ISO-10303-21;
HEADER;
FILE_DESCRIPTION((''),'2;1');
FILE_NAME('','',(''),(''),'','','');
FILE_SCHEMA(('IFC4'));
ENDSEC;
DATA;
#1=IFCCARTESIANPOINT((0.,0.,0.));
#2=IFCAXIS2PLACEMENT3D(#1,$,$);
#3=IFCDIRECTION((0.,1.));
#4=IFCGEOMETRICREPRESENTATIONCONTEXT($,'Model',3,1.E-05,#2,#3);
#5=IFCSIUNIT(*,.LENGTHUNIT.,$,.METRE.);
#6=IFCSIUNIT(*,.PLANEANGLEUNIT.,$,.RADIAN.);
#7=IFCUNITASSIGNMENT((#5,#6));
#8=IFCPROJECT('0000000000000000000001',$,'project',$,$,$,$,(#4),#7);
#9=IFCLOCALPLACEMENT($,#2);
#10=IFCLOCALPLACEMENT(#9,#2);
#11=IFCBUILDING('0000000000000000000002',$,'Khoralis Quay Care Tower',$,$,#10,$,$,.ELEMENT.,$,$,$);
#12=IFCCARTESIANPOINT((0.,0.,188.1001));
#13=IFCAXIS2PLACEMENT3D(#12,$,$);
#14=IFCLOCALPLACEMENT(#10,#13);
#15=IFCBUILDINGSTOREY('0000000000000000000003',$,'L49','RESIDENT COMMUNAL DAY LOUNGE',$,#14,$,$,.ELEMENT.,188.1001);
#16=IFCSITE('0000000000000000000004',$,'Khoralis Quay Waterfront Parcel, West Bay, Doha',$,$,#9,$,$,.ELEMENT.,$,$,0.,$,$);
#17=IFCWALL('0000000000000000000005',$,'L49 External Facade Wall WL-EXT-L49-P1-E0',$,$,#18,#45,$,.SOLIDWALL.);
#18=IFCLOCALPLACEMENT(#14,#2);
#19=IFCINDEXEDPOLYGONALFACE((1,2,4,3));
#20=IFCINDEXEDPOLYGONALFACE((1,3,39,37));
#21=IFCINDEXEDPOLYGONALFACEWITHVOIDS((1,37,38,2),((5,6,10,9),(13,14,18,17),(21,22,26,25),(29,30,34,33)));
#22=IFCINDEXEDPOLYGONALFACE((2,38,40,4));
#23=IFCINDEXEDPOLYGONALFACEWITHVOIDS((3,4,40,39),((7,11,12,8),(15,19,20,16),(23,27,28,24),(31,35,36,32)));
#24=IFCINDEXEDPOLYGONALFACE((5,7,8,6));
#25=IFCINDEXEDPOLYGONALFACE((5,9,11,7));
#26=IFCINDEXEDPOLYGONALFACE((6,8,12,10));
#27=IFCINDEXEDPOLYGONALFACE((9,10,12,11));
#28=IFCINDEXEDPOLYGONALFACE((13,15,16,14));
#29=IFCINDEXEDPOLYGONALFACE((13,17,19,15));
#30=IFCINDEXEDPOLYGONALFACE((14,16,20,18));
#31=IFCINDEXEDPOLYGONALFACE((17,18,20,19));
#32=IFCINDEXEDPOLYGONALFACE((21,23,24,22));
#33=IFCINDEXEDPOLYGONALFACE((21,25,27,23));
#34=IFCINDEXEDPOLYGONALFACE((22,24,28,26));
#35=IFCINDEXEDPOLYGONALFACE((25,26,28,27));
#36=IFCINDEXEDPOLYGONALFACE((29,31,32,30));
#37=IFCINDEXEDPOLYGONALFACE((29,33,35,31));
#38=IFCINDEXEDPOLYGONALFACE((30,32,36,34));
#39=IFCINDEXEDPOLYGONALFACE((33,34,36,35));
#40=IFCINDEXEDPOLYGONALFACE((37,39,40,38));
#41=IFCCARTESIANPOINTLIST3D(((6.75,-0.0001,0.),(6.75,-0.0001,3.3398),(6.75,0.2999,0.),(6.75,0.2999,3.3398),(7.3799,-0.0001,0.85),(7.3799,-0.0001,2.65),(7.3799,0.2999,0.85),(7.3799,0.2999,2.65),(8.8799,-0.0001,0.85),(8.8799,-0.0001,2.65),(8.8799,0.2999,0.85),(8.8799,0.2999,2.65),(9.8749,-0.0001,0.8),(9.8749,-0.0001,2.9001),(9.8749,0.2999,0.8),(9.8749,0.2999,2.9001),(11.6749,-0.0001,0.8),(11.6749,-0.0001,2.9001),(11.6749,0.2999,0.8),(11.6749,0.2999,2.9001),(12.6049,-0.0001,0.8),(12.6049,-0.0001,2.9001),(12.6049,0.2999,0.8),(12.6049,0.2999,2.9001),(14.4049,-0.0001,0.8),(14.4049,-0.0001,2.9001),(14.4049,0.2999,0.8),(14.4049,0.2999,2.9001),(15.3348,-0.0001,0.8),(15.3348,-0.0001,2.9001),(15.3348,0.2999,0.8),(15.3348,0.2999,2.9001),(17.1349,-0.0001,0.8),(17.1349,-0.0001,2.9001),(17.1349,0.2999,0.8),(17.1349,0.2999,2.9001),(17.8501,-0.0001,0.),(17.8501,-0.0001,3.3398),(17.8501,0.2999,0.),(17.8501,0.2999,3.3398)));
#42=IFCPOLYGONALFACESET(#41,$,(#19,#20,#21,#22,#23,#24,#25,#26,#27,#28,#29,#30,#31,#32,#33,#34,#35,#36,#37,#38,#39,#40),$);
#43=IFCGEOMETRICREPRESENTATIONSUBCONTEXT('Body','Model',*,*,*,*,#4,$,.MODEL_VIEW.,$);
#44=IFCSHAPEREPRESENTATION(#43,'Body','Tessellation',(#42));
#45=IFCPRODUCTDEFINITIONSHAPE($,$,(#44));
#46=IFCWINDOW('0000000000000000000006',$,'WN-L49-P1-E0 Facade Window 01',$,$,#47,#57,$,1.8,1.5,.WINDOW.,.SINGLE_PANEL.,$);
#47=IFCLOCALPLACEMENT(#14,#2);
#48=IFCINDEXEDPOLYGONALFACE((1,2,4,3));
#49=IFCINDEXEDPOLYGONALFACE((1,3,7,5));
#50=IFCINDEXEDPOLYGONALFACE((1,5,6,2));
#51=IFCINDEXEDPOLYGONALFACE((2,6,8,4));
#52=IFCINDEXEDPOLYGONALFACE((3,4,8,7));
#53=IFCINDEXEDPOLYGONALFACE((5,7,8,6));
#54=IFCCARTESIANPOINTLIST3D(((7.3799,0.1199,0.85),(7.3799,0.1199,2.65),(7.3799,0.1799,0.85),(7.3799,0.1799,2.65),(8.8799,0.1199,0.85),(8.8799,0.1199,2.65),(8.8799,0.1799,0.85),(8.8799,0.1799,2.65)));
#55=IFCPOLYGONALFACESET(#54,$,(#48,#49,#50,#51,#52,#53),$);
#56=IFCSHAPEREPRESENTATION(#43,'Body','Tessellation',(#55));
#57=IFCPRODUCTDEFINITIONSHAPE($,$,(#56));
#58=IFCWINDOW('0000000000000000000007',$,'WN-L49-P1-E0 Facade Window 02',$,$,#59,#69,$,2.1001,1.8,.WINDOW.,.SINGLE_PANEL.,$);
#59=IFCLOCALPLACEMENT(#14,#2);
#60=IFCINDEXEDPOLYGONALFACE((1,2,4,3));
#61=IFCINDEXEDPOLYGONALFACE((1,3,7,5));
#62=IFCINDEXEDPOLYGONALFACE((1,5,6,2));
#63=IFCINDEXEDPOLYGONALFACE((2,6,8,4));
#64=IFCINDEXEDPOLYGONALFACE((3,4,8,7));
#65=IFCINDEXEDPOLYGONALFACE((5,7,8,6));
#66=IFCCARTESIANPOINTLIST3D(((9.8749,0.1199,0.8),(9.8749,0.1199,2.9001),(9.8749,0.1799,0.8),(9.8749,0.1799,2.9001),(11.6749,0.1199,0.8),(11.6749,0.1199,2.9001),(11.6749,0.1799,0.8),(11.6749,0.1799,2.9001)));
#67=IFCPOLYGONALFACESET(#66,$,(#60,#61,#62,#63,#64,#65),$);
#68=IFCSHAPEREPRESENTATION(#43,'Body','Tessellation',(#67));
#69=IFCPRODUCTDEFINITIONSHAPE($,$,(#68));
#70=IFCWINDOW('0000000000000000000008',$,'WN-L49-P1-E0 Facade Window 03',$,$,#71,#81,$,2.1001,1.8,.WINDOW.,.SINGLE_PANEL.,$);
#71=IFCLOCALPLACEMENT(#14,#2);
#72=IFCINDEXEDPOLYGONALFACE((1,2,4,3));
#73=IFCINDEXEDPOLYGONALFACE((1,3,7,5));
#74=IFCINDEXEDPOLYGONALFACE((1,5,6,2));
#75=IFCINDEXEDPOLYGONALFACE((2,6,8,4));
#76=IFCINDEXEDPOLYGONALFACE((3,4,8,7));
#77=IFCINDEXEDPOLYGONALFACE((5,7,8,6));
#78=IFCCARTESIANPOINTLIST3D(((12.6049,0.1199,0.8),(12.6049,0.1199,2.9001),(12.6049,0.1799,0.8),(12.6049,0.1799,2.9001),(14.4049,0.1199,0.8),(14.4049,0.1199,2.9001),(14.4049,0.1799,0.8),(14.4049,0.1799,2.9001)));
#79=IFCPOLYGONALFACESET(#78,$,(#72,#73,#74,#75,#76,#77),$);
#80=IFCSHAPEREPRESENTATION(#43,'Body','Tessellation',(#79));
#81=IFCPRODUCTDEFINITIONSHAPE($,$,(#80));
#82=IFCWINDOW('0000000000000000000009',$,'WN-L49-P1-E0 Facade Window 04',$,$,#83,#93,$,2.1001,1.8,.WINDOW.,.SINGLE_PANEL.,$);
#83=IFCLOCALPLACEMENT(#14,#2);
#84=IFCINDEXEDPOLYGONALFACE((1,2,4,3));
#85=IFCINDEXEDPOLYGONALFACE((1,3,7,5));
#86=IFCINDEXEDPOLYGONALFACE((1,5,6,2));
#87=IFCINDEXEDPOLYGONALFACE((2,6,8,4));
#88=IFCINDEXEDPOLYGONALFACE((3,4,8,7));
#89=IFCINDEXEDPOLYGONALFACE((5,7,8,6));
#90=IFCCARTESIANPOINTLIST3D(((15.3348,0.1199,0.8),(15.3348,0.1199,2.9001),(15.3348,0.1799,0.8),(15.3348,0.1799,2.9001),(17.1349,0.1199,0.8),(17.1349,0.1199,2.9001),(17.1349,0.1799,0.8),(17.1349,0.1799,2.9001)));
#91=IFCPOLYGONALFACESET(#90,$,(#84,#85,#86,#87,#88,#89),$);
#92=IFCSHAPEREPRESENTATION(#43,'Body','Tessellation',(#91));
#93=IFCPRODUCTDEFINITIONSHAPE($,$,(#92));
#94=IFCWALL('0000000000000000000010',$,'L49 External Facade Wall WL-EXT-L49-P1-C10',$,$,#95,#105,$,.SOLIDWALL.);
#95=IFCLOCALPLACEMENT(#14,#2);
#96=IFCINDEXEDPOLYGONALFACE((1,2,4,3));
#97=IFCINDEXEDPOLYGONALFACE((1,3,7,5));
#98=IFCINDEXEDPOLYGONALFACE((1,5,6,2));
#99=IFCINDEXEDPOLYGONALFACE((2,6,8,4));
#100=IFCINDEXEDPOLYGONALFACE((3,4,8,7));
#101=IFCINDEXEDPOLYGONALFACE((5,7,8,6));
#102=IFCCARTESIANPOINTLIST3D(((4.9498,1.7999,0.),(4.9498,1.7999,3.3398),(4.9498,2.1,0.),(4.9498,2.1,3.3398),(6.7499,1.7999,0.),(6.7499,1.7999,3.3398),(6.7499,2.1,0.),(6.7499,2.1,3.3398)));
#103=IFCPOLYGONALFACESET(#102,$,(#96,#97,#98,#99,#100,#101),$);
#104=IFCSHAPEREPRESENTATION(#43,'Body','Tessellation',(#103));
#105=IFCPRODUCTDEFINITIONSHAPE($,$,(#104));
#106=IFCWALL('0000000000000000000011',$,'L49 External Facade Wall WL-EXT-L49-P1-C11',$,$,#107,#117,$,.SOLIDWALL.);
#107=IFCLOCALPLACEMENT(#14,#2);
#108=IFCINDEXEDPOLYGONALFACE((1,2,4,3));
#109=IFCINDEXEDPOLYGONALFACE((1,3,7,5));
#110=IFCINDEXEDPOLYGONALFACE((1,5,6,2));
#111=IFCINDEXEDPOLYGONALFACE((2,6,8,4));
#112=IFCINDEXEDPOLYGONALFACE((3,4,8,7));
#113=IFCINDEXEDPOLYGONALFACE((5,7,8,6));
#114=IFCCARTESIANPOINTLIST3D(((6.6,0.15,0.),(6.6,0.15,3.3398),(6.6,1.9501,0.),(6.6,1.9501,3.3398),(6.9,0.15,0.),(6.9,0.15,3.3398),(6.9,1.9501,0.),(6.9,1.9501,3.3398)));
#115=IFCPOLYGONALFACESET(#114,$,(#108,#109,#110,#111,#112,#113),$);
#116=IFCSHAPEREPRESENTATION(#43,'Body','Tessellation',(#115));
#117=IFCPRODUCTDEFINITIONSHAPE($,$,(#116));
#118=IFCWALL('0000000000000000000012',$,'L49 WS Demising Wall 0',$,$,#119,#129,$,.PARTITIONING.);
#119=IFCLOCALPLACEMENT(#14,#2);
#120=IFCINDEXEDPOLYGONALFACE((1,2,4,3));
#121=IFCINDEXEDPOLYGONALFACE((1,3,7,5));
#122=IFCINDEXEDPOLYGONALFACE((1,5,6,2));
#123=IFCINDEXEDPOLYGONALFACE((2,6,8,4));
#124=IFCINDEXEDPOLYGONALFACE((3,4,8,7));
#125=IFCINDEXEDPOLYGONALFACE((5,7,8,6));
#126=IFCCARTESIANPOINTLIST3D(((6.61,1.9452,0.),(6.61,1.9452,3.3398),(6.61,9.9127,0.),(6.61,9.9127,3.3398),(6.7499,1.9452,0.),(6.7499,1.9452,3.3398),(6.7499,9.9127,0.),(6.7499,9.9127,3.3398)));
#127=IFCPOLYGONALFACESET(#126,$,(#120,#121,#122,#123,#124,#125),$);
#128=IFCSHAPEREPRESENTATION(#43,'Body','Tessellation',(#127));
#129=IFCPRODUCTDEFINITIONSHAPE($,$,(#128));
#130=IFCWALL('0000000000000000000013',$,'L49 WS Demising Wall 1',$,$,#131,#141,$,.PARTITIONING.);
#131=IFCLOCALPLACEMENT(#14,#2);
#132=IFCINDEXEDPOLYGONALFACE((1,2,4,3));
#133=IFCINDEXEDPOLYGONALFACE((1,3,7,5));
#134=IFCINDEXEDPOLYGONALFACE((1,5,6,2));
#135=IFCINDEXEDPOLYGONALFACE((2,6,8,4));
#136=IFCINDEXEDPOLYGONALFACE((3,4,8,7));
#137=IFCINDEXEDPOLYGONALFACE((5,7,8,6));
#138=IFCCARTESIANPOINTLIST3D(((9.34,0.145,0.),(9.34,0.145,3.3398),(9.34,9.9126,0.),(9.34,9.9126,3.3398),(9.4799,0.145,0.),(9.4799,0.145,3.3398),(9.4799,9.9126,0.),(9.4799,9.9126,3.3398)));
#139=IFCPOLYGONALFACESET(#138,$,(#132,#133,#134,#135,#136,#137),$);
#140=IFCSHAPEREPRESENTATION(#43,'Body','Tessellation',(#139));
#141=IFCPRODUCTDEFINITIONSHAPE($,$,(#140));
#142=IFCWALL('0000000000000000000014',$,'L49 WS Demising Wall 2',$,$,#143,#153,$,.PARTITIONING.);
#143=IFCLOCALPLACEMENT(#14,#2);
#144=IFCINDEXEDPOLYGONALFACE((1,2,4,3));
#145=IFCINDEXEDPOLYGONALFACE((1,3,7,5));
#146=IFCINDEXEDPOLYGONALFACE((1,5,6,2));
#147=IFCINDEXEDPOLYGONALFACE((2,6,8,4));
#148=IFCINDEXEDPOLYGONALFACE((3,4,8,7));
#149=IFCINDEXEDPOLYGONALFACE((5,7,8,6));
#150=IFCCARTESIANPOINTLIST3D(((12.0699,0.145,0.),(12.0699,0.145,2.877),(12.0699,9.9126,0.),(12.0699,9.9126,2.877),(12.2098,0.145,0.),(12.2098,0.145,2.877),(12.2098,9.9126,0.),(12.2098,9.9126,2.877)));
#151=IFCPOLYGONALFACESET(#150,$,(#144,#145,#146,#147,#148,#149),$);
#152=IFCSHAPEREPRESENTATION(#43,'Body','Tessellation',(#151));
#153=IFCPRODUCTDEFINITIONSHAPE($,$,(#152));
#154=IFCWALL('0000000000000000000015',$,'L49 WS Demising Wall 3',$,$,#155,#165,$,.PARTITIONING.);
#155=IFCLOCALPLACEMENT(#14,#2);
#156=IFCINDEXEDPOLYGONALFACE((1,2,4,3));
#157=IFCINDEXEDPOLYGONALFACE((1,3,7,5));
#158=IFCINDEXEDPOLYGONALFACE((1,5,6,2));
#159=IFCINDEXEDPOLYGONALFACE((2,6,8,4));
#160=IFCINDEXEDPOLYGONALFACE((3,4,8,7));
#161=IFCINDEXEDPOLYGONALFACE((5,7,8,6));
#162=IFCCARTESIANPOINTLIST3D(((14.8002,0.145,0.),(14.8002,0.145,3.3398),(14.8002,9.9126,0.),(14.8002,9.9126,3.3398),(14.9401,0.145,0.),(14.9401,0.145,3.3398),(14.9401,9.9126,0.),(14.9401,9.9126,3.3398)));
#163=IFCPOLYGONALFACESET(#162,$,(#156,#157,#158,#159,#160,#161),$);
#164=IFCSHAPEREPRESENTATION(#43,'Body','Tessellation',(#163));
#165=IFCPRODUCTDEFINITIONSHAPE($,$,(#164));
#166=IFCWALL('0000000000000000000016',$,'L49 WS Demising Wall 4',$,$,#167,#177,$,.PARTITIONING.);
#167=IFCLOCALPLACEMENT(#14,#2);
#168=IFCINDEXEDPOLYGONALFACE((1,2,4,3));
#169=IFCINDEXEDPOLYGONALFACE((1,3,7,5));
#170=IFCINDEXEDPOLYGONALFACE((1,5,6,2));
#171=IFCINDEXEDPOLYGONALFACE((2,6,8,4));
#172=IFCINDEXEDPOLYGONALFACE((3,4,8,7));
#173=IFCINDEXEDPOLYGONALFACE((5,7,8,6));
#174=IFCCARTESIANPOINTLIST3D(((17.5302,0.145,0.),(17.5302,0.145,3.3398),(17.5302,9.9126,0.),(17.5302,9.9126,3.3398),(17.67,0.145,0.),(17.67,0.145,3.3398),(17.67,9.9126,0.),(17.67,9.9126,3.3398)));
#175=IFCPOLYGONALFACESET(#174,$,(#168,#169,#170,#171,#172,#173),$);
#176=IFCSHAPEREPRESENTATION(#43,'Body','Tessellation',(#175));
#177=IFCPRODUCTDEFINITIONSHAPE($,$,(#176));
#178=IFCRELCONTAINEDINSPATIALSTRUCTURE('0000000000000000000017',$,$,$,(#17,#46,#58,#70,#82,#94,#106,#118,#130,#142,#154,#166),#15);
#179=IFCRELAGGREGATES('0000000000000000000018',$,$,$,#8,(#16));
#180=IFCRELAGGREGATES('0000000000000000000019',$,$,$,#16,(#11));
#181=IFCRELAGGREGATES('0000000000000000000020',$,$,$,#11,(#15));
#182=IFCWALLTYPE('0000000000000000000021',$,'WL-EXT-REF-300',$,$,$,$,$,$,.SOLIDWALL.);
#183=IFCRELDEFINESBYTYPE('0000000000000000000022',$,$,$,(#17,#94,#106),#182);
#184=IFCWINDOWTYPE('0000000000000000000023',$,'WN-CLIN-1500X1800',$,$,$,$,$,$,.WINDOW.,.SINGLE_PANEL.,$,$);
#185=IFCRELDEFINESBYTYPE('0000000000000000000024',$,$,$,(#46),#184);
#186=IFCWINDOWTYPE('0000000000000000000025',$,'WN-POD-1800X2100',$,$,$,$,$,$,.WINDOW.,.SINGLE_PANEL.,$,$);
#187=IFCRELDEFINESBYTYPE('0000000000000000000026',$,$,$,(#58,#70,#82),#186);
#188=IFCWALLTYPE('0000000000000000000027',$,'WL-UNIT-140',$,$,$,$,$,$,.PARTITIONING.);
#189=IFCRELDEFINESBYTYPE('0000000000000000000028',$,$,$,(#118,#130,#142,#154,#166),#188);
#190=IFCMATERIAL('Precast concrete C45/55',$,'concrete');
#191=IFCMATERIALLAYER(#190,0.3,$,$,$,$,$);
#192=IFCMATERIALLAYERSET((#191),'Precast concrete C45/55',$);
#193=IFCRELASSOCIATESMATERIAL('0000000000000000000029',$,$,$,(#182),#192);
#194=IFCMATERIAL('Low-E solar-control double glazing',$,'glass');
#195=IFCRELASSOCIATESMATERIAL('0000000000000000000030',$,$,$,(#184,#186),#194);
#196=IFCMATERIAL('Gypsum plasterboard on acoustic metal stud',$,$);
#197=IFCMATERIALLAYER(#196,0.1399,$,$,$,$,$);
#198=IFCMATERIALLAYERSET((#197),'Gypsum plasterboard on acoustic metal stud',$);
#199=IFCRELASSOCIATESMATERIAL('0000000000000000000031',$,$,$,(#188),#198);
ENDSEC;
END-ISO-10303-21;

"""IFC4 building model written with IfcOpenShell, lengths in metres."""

from ifc_helpers import new_model, si_unit, direction, frame, frame_2d, origin, place, context, subcontext, project, spatial, rectangle, extrude, source, transform, mapped, material, layer, layer_set, type_object, element, fill, save


model = new_model("IFC4")

# Units and contexts
model_context = context("Model", 3, precision=1e-05, world=origin(), true_north=direction((0.0, 1.0)))
body_context = subcontext(model_context, "Body", "Model", "MODEL_VIEW")
ifc_project = project(units=[si_unit("LENGTHUNIT", "METRE"), si_unit("PLANEANGLEUNIT", "RADIAN")], contexts=[model_context])

# Site, building, storey
site_placement = place(None, origin())
site = spatial("IfcSite", under=ifc_project, at=site_placement, Name="Khoralis Quay Waterfront Parcel, West Bay, Doha", CompositionType="ELEMENT", RefElevation=0.0)
building_placement = place(site_placement, origin())
building = spatial("IfcBuilding", under=site, at=building_placement, Name="Khoralis Quay Care Tower", CompositionType="ELEMENT")
storey_placement = place(building_placement, frame((0.0, 0.0, 188.1001)))
storey = spatial("IfcBuildingStorey", under=building, at=storey_placement, Name="L49", Description="RESIDENT COMMUNAL DAY LOUNGE", CompositionType="ELEMENT", Elevation=188.1001)

# Shared definitions
ifc_material_1 = material(Name="Low-E solar-control double glazing", Category="glass")

# Wall, openings, windows
ifc_material_2 = material(Name="Precast concrete C45/55", Category="concrete")
ifc_layer_1 = layer(ifc_material_2, 0.3)
ifc_layer_set_1 = layer_set([ifc_layer_1], Name="Precast concrete C45/55")
wall_type_1 = type_object("IfcWallType", Name="WL-EXT-REF-300", PredefinedType="SOLIDWALL", material=ifc_layer_set_1)
wall_1_placement = place(storey_placement, frame((6.75, 0.1499, 0.0), z_axis=(0.0, 0.0, 1.0), x_axis=(1.0, 0.0, 0.0)))
wall_1 = element("IfcWall", 1, at=wall_1_placement, inside=storey, type_object=wall_type_1, Name="L49 External Facade Wall WL-EXT-L49-P1-E0", PredefinedType="SOLIDWALL", context=body_context, shape_type="SweptSolid", body=[
    extrude(rectangle(XDim=11.1001, YDim=0.3, at=frame_2d((5.55, 0.0))), origin(), (0.0, 0.0, 1.0), 3.3398),
])
opening_1_placement = place(wall_1_placement, frame((0.6299, 0.0, 0.8501)))
opening_1 = element("IfcOpeningElement", 2, at=opening_1_placement, cuts=wall_1, PredefinedType="OPENING", context=body_context, shape_type="SweptSolid", body=[
    extrude(rectangle(XDim=1.5, YDim=1.8, at=frame_2d((0.75, 0.8999))), frame((0.0, 0.1602, 0.0), z_axis=(0.0, -1.0, 0.0), x_axis=(1.0, 0.0, 0.0)), (0.0, 0.0, 1.0), 0.3201),
])
opening_2_placement = place(wall_1_placement, frame((3.125, 0.0, 0.8)))
opening_2 = element("IfcOpeningElement", 3, at=opening_2_placement, cuts=wall_1, PredefinedType="OPENING", context=body_context, shape_type="SweptSolid", body=[
    extrude(rectangle(XDim=1.8, YDim=2.1001, at=frame_2d((0.8999, 1.05))), frame((0.0, 0.1602, 0.0), z_axis=(0.0, -1.0, 0.0), x_axis=(1.0, 0.0, 0.0)), (0.0, 0.0, 1.0), 0.3201),
])
opening_3_placement = place(wall_1_placement, frame((5.855, 0.0, 0.8)))
opening_3 = element("IfcOpeningElement", 4, at=opening_3_placement, cuts=wall_1, PredefinedType="OPENING", context=body_context, shape_type="SweptSolid", body=[
    extrude(rectangle(XDim=1.8, YDim=2.1001, at=frame_2d((0.8999, 1.05))), frame((0.0, 0.1602, 0.0), z_axis=(0.0, -1.0, 0.0), x_axis=(1.0, 0.0, 0.0)), (0.0, 0.0, 1.0), 0.3201),
])
opening_4_placement = place(wall_1_placement, frame((8.585, 0.0, 0.8)))
opening_4 = element("IfcOpeningElement", 5, at=opening_4_placement, cuts=wall_1, PredefinedType="OPENING", context=body_context, shape_type="SweptSolid", body=[
    extrude(rectangle(XDim=1.8, YDim=2.1001, at=frame_2d((0.8999, 1.05))), frame((0.0, 0.1602, 0.0), z_axis=(0.0, -1.0, 0.0), x_axis=(1.0, 0.0, 0.0)), (0.0, 0.0, 1.0), 0.3201),
])
window_type_1 = type_object("IfcWindowType", Name="WN-CLIN-1500X1800", PartitioningType="SINGLE_PANEL", PredefinedType="WINDOW", material=ifc_material_1)
shared_shape_1 = source(origin(), body_context, "Body", "SweptSolid", [
    extrude(rectangle(XDim=1.5, YDim=1.8, at=frame_2d((0.75, 0.8999))), frame((0.0, 0.03, 0.0), z_axis=(0.0, -1.0, 0.0), x_axis=(1.0, 0.0, 0.0)), (0.0, 0.0, 1.0), 0.0601),
])
window_1_placement = place(opening_1_placement, origin())
window_1 = element("IfcWindow", 6, at=window_1_placement, inside=storey, type_object=window_type_1, Name="WN-L49-P1-E0 Facade Window 01", OverallHeight=1.8, OverallWidth=1.5, PartitioningType="SINGLE_PANEL", PredefinedType="WINDOW", context=body_context, shape_type="MappedRepresentation", body=[
    mapped(shared_shape_1, transform((0.0, 0.0, 0.0), scale=1.0)),
])
fill(opening_1, window_1)
window_type_2 = type_object("IfcWindowType", Name="WN-POD-1800X2100", PartitioningType="SINGLE_PANEL", PredefinedType="WINDOW", material=ifc_material_1)
shared_shape_2 = source(origin(), body_context, "Body", "SweptSolid", [
    extrude(rectangle(XDim=1.8, YDim=2.1001, at=frame_2d((0.8999, 1.05))), frame((0.0, 0.03, 0.0), z_axis=(0.0, -1.0, 0.0), x_axis=(1.0, 0.0, 0.0)), (0.0, 0.0, 1.0), 0.0601),
])
window_2_placement = place(opening_2_placement, origin())
window_2 = element("IfcWindow", 7, at=window_2_placement, inside=storey, type_object=window_type_2, Name="WN-L49-P1-E0 Facade Window 02", OverallHeight=2.1001, OverallWidth=1.8, PartitioningType="SINGLE_PANEL", PredefinedType="WINDOW", context=body_context, shape_type="MappedRepresentation", body=[
    mapped(shared_shape_2, transform((0.0, 0.0, 0.0), scale=1.0)),
])
fill(opening_2, window_2)
window_3_placement = place(opening_3_placement, origin())
window_3 = element("IfcWindow", 8, at=window_3_placement, inside=storey, type_object=window_type_2, Name="WN-L49-P1-E0 Facade Window 03", OverallHeight=2.1001, OverallWidth=1.8, PartitioningType="SINGLE_PANEL", PredefinedType="WINDOW", context=body_context, shape_type="MappedRepresentation", body=[
    mapped(shared_shape_2, transform((0.0, 0.0, 0.0), scale=1.0)),
])
fill(opening_3, window_3)
window_4_placement = place(opening_4_placement, origin())
window_4 = element("IfcWindow", 9, at=window_4_placement, inside=storey, type_object=window_type_2, Name="WN-L49-P1-E0 Facade Window 04", OverallHeight=2.1001, OverallWidth=1.8, PartitioningType="SINGLE_PANEL", PredefinedType="WINDOW", context=body_context, shape_type="MappedRepresentation", body=[
    mapped(shared_shape_2, transform((0.0, 0.0, 0.0), scale=1.0)),
])
fill(opening_4, window_4)

# Walls
for number, where, z_axis, x_axis, name in (
    (10, (4.95, 1.95, 0.0), (0.0, 0.0, 1.0), (1.0, 0.0, 0.0), "L49 External Facade Wall WL-EXT-L49-P1-C10"),
    (11, (6.75, 1.95, 0.0), (0.0, 0.0, 1.0), (0.0, -1.0, 0.0), "L49 External Facade Wall WL-EXT-L49-P1-C11"),
):
    element("IfcWall", number, at=place(storey_placement, frame(where, z_axis=z_axis, x_axis=x_axis)), inside=storey, type_object=wall_type_1, Name=name, PredefinedType="SOLIDWALL", context=body_context, shape_type="SweptSolid", body=[
        extrude(rectangle(XDim=1.8, YDim=0.3, at=frame_2d((0.8999, 0.0))), origin(), (0.0, 0.0, 1.0), 3.3398),
    ])
ifc_material_3 = material(Name="Gypsum plasterboard on acoustic metal stud")
ifc_layer_2 = layer(ifc_material_3, 0.1399)
ifc_layer_set_2 = layer_set([ifc_layer_2], Name="Gypsum plasterboard on acoustic metal stud")
wall_type_2 = type_object("IfcWallType", Name="WL-UNIT-140", PredefinedType="PARTITIONING", material=ifc_layer_set_2)
wall_2_placement = place(storey_placement, frame((6.6799, 1.9451, 0.0), z_axis=(0.0, 0.0, 1.0), x_axis=(0.0, 1.0, 0.0)))
element("IfcWall", 12, at=wall_2_placement, inside=storey, type_object=wall_type_2, Name="L49 WS Demising Wall 0", PredefinedType="PARTITIONING", context=body_context, shape_type="SweptSolid", body=[
    extrude(rectangle(XDim=7.9675, YDim=0.1399, at=frame_2d((3.9839, 0.0))), origin(), (0.0, 0.0, 1.0), 3.3398),
])
wall_3_placement = place(storey_placement, frame((9.4099, 0.145, 0.0), z_axis=(0.0, 0.0, 1.0), x_axis=(0.0, 1.0, 0.0)))
element("IfcWall", 13, at=wall_3_placement, inside=storey, type_object=wall_type_2, Name="L49 WS Demising Wall 1", PredefinedType="PARTITIONING", context=body_context, shape_type="SweptSolid", body=[
    extrude(rectangle(XDim=9.7676, YDim=0.1399, at=frame_2d((4.8838, 0.0))), origin(), (0.0, 0.0, 1.0), 3.3398),
])
wall_4_placement = place(storey_placement, frame((12.1399, 0.145, 0.0), z_axis=(0.0, 0.0, 1.0), x_axis=(0.0, 1.0, 0.0)))
element("IfcWall", 14, at=wall_4_placement, inside=storey, type_object=wall_type_2, Name="L49 WS Demising Wall 2", PredefinedType="PARTITIONING", context=body_context, shape_type="SweptSolid", body=[
    extrude(rectangle(XDim=9.7676, YDim=0.1399, at=frame_2d((4.8838, 0.0))), origin(), (0.0, 0.0, 1.0), 2.877),
])
for number, where, z_axis, x_axis, name in (
    (15, (14.8701, 0.145, 0.0), (0.0, 0.0, 1.0), (0.0, 1.0, 0.0), "L49 WS Demising Wall 3"),
    (16, (17.6001, 0.145, 0.0), (0.0, 0.0, 1.0), (0.0, 1.0, 0.0), "L49 WS Demising Wall 4"),
):
    element("IfcWall", number, at=place(storey_placement, frame(where, z_axis=z_axis, x_axis=x_axis)), inside=storey, type_object=wall_type_2, Name=name, PredefinedType="PARTITIONING", context=body_context, shape_type="SweptSolid", body=[
        extrude(rectangle(XDim=9.7676, YDim=0.1399, at=frame_2d((4.8838, 0.0))), origin(), (0.0, 0.0, 1.0), 3.3398),
    ])

save(model, "model.ifc")
